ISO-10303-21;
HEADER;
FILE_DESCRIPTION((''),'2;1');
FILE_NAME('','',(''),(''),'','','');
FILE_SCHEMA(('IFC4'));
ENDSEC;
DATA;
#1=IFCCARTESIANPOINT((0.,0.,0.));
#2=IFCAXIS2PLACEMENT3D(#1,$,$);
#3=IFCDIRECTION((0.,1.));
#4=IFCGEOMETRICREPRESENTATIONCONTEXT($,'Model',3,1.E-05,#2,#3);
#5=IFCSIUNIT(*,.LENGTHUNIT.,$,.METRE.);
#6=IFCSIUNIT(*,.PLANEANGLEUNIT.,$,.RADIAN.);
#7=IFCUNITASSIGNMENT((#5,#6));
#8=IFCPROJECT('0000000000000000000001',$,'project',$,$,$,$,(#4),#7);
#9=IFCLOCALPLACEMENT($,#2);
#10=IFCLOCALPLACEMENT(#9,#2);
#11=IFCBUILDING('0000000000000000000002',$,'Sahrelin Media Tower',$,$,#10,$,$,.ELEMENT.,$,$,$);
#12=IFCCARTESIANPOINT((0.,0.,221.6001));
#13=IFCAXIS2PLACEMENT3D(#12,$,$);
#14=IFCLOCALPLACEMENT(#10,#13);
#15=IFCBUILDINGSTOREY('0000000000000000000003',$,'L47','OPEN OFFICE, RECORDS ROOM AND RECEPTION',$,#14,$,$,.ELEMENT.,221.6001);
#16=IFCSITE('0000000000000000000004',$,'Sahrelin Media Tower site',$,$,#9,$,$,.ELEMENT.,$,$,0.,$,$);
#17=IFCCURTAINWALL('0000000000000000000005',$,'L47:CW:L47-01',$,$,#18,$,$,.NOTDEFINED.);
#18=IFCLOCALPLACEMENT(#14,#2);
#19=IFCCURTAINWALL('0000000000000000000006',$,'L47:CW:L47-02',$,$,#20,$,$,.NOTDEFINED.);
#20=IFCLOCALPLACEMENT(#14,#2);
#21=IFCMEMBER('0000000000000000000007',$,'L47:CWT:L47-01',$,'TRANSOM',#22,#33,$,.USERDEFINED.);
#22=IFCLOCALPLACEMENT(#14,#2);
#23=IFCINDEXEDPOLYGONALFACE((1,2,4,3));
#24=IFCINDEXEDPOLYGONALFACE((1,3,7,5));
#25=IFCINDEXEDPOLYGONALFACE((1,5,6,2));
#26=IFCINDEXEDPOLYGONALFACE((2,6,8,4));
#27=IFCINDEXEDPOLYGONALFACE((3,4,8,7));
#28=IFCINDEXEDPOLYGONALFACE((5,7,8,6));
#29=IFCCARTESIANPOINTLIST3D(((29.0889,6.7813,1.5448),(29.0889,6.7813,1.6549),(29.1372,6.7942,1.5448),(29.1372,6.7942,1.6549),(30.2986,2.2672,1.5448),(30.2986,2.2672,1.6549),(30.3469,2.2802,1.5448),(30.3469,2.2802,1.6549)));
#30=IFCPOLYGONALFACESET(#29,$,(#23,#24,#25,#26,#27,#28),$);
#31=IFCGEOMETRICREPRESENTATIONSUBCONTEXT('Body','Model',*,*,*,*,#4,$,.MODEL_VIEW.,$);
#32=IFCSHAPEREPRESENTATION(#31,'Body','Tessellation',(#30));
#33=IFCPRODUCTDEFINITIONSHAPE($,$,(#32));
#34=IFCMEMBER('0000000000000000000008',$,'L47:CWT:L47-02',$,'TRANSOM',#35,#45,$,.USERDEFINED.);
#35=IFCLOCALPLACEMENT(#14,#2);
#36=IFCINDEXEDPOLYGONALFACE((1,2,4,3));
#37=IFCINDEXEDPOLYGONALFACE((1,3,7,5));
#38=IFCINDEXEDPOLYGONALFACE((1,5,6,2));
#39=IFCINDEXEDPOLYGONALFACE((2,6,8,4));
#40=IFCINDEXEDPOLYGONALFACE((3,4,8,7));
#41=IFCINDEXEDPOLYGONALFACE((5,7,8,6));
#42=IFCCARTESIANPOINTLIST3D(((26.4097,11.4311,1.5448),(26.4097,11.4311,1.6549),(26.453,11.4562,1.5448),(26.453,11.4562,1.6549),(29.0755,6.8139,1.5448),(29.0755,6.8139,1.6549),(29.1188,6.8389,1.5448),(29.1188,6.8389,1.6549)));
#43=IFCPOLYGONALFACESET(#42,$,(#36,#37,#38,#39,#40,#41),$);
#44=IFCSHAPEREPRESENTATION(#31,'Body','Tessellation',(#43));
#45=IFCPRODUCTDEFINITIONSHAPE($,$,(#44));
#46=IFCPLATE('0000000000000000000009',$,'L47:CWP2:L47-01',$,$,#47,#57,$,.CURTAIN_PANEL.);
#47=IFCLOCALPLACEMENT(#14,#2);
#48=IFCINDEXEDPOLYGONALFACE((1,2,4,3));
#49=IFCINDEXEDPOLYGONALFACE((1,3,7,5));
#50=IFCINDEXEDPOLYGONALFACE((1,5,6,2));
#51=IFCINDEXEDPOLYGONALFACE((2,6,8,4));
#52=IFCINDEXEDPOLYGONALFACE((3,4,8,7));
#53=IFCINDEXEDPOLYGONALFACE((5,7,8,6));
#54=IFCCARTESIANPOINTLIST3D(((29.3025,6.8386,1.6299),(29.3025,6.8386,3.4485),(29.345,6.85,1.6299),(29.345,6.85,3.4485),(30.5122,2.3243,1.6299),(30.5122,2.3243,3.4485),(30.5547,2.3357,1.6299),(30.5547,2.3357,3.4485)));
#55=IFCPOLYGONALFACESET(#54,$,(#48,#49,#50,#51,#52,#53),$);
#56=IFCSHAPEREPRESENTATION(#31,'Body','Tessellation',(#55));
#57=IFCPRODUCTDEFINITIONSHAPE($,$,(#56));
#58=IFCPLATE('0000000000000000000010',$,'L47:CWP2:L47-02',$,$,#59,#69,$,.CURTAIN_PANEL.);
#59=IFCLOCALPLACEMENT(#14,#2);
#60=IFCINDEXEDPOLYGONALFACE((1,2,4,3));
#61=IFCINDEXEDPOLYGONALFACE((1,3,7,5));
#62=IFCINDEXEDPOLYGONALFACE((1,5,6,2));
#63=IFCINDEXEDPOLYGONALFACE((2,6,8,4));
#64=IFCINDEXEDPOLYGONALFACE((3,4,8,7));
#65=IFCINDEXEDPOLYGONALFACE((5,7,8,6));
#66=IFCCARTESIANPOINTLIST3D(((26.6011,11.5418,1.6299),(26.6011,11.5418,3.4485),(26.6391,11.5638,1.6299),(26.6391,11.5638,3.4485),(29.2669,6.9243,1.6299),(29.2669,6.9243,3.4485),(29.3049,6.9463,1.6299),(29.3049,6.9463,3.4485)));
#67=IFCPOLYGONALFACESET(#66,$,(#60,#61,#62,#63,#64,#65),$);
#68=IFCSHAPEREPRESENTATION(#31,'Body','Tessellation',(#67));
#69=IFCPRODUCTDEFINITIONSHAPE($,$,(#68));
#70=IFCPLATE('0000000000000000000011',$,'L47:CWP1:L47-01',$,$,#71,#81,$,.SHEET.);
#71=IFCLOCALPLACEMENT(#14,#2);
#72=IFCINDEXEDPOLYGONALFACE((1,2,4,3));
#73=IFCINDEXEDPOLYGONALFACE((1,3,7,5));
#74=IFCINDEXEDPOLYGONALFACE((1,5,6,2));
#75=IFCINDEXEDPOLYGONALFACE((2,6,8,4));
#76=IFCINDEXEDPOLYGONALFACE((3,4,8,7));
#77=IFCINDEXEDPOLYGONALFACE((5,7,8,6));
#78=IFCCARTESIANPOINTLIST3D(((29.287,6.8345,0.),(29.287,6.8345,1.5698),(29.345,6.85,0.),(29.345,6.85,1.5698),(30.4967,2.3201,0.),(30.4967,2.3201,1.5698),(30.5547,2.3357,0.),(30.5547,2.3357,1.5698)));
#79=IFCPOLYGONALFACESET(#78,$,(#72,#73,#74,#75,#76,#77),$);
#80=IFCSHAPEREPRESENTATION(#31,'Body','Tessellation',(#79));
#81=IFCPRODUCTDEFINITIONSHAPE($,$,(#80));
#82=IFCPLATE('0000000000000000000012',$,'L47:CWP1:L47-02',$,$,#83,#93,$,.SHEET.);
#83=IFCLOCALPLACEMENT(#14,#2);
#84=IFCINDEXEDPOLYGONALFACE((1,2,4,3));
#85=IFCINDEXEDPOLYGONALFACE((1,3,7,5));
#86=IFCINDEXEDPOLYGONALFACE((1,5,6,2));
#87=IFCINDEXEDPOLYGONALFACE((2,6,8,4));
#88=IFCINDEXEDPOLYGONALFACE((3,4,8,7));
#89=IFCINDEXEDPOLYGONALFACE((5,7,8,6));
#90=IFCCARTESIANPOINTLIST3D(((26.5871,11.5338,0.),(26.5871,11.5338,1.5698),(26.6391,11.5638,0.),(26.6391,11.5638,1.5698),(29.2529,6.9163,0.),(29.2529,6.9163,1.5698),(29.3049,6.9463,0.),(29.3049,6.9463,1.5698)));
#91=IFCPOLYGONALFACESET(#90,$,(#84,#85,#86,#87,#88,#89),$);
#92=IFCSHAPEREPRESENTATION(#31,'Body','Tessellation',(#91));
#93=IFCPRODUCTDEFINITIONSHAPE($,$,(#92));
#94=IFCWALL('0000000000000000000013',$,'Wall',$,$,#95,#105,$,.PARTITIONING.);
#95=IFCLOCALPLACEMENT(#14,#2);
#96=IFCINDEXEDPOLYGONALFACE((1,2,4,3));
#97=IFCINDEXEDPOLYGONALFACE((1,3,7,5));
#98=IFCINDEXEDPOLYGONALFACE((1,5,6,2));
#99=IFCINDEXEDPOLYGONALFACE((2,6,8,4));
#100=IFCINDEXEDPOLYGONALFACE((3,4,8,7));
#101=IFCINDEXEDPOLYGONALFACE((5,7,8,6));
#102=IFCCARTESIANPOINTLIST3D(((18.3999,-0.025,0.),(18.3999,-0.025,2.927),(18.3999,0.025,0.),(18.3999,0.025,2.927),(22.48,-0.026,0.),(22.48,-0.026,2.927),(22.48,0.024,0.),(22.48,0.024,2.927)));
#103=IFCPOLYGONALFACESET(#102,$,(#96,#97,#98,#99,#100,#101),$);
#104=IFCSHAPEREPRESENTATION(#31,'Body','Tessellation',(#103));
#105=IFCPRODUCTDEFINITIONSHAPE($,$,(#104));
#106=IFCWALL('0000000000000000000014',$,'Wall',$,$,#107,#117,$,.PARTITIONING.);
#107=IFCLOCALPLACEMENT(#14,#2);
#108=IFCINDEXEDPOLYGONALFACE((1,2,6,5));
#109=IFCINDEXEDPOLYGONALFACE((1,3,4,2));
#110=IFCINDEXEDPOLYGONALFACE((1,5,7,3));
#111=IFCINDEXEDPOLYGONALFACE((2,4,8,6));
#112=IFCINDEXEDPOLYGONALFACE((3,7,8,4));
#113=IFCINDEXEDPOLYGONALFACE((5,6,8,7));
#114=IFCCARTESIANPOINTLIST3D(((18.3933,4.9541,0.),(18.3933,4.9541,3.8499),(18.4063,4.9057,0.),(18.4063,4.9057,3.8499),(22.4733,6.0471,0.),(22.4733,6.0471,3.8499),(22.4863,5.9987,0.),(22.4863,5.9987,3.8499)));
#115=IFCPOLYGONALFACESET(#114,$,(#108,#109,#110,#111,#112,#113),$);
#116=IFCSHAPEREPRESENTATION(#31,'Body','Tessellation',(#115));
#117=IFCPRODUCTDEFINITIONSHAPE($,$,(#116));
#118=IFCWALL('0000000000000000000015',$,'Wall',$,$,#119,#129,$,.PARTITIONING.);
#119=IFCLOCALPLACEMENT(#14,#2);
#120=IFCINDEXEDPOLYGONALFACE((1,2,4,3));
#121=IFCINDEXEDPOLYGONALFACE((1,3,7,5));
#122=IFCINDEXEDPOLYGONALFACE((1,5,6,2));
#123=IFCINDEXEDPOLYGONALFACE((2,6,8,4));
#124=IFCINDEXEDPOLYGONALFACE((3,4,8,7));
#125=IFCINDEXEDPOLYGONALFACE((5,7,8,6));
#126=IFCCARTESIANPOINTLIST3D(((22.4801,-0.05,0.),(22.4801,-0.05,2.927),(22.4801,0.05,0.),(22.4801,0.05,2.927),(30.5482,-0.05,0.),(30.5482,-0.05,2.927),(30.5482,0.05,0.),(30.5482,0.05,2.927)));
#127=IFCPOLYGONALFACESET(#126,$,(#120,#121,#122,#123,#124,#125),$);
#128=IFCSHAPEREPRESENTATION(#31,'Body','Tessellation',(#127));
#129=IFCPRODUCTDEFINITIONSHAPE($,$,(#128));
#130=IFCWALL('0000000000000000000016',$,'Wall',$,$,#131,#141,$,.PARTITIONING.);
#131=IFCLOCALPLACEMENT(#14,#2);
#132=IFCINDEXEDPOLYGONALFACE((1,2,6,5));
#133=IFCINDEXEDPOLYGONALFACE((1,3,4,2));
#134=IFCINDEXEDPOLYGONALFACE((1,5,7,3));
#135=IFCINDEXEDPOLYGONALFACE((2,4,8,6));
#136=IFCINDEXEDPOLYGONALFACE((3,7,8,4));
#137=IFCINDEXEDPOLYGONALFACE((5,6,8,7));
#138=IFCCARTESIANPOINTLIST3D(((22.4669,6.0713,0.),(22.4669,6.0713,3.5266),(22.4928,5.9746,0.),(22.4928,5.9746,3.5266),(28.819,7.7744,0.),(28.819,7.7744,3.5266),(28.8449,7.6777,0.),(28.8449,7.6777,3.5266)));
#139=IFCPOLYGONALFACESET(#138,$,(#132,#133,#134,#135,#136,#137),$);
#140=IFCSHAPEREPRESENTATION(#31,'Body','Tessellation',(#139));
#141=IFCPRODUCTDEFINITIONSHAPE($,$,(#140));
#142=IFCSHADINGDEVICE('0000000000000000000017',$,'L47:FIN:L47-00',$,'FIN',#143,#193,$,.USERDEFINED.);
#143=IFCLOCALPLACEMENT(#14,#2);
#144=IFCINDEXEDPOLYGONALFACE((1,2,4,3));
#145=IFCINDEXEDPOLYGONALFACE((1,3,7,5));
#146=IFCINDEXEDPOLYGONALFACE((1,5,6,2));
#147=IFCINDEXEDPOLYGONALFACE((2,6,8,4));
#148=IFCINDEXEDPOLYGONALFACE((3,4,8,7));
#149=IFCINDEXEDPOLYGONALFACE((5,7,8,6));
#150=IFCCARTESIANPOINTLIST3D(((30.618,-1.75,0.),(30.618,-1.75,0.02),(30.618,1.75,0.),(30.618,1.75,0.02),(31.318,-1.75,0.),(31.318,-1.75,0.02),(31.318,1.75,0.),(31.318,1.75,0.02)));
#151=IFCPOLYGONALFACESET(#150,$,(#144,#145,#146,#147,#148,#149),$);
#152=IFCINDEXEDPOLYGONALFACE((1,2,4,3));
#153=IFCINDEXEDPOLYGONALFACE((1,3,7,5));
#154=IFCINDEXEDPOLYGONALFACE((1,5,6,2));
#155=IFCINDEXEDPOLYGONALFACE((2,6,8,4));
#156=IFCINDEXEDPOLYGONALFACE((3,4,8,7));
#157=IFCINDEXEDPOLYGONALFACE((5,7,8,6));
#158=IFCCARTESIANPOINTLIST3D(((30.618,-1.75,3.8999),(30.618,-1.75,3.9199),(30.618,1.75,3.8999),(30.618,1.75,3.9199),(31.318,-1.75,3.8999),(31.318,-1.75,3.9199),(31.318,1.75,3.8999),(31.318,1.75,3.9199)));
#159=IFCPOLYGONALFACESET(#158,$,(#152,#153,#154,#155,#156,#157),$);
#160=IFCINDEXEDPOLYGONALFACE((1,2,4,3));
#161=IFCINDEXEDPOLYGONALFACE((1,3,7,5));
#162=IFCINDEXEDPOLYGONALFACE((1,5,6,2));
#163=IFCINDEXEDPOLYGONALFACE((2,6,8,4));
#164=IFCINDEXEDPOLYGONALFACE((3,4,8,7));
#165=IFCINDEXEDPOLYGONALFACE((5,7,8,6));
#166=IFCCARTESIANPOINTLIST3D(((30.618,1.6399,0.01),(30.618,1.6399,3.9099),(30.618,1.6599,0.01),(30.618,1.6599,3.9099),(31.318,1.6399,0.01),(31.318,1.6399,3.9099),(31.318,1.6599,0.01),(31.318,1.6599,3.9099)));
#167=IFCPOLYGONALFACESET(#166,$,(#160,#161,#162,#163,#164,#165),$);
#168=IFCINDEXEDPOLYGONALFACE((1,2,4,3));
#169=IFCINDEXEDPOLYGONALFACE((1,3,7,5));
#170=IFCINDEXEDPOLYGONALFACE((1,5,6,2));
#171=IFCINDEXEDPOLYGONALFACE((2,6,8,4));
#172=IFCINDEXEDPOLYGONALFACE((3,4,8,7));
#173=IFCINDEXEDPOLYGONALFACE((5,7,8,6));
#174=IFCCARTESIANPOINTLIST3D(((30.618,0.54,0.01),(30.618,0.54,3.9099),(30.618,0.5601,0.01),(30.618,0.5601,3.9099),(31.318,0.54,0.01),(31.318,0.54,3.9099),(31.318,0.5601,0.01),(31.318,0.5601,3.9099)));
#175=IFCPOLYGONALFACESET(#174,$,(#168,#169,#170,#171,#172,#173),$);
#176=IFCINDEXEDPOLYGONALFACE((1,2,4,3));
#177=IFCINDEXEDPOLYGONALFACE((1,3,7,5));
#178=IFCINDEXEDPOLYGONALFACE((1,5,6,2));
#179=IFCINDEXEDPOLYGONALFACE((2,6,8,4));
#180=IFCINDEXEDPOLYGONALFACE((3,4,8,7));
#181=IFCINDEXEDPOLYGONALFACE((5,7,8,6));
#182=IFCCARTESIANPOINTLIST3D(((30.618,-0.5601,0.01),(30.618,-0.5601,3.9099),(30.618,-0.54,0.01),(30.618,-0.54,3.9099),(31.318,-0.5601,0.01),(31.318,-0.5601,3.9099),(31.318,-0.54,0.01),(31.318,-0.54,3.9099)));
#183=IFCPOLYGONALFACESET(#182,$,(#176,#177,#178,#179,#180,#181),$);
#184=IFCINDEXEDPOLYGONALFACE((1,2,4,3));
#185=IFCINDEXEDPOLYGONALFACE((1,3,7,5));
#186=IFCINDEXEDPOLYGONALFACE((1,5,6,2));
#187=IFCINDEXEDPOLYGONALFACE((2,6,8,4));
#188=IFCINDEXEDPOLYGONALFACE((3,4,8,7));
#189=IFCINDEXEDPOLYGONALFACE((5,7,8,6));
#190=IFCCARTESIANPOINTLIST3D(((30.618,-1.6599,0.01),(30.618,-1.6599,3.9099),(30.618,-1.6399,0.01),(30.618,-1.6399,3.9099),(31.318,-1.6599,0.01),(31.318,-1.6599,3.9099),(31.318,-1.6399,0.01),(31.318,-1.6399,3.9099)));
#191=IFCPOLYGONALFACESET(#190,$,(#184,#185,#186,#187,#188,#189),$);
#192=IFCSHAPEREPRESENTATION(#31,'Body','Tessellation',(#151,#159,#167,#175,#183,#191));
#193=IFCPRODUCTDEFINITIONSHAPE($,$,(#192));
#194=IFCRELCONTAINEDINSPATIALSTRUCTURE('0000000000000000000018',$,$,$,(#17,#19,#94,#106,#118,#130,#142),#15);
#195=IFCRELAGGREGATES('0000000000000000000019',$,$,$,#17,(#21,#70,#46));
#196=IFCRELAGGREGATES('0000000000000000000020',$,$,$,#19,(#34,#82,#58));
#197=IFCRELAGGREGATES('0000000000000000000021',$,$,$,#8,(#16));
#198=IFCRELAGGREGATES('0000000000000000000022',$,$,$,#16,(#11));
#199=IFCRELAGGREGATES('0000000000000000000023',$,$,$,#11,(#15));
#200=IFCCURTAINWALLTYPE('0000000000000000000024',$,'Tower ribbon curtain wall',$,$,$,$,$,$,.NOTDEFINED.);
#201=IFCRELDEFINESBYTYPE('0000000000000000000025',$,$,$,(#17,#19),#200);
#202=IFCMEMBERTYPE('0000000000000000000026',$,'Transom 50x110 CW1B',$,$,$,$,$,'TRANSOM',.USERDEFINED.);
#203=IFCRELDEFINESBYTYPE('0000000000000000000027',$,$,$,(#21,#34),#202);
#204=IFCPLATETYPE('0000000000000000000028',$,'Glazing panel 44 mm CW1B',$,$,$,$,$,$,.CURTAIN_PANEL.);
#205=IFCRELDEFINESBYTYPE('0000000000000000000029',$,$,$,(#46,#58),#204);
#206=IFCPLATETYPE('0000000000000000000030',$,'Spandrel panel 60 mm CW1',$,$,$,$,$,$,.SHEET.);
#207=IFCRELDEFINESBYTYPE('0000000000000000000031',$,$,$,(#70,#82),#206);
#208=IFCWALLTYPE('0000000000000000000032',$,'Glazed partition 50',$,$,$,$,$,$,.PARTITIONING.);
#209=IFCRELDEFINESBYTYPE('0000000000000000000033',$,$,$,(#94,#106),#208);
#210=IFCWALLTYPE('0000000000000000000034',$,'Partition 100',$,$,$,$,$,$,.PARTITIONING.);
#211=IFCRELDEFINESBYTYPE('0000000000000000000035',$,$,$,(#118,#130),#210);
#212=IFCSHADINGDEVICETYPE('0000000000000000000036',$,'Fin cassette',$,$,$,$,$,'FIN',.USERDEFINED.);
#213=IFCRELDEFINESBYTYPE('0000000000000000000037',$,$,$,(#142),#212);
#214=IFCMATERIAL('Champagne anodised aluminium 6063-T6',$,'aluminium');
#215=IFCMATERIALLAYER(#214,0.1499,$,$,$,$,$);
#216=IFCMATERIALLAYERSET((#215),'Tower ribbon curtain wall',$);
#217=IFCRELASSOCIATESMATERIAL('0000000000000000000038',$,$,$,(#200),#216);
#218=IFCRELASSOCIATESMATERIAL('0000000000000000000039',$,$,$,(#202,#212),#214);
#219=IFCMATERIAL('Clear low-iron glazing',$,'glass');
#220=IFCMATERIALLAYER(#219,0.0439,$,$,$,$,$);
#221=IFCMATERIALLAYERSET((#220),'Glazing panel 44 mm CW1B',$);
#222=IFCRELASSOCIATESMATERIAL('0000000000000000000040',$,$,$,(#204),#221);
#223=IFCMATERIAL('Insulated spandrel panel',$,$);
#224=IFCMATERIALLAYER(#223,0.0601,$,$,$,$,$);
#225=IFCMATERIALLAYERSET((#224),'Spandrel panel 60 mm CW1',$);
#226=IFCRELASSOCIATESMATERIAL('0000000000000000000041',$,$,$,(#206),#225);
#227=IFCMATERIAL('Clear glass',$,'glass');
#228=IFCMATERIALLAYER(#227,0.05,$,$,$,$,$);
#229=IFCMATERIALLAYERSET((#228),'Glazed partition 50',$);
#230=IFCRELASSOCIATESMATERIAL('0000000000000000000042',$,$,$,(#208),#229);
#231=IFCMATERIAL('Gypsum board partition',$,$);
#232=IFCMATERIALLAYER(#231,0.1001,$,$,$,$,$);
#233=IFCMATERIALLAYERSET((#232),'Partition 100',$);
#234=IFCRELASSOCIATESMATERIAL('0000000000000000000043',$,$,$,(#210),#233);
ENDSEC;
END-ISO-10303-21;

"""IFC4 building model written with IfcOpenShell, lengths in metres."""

from ifc_helpers import new_model, si_unit, direction, frame, frame_2d, origin, origin_2d, place, context, subcontext, project, spatial, polyline, rectangle, outline, extrude, material, layer, layer_set, material_profile, profile_set, type_object, element, aggregate, save


model = new_model("IFC4")

# Units and contexts
model_context = context("Model", 3, precision=1e-05, world=origin(), true_north=direction((0.0, 1.0)))
body_context = subcontext(model_context, "Body", "Model", "MODEL_VIEW")
ifc_project = project(units=[si_unit("LENGTHUNIT", "METRE"), si_unit("PLANEANGLEUNIT", "RADIAN")], contexts=[model_context])

# Site, building, storey
site_placement = place(None, origin())
site = spatial("IfcSite", under=ifc_project, at=site_placement, Name="Sahrelin Media Tower site", CompositionType="ELEMENT", RefElevation=0.0)
building_placement = place(site_placement, origin())
building = spatial("IfcBuilding", under=site, at=building_placement, Name="Sahrelin Media Tower", CompositionType="ELEMENT")
storey_placement = place(building_placement, frame((0.0, 0.0, 221.6001)))
storey = spatial("IfcBuildingStorey", under=building, at=storey_placement, Name="L47", Description="OPEN OFFICE, RECORDS ROOM AND RECEPTION", CompositionType="ELEMENT", Elevation=221.6001)

# Curtain walls
ifc_material_1 = material(Name="Champagne anodised aluminium 6063-T6", Category="aluminium")
ifc_layer_1 = layer(ifc_material_1, 0.1499)
ifc_layer_set_1 = layer_set([ifc_layer_1], Name="Tower ribbon curtain wall")
curtain_wall_type = type_object("IfcCurtainWallType", Name="Tower ribbon curtain wall", PredefinedType="NOTDEFINED", material=ifc_layer_set_1)
curtain_wall_1_placement = place(storey_placement, frame((29.9304, 4.5876, 0.0), z_axis=(0.0, 0.0, 1.0), x_axis=(1.0, 0.0, 0.0)))
curtain_wall_1 = element("IfcCurtainWall", 1, at=curtain_wall_1_placement, inside=storey, type_object=curtain_wall_type, Name="L47:CW:L47-01", PredefinedType="NOTDEFINED")
curtain_wall_2_placement = place(storey_placement, frame((27.9548, 9.2451, 0.0), z_axis=(0.0, 0.0, 1.0), x_axis=(1.0, 0.0, 0.0)))
curtain_wall_2 = element("IfcCurtainWall", 2, at=curtain_wall_2_placement, inside=storey, type_object=curtain_wall_type, Name="L47:CW:L47-02", PredefinedType="NOTDEFINED")

# Members
ifc_material_profile_1 = material_profile(ifc_material_1, rectangle(XDim=0.05, YDim=0.1101, at=origin_2d()), Name="Transom 50x110")
ifc_profile_set_1 = profile_set([ifc_material_profile_1], Name="Champagne anodised aluminium 6063-T6")
member_type_1 = type_object("IfcMemberType", Name="Transom 50x110 CW1B", ElementType="TRANSOM", PredefinedType="USERDEFINED", material=ifc_profile_set_1)
member_1_placement = place(storey_placement, frame((30.3228, 2.2737, 1.5999), z_axis=(-0.258849, 0.965918, 0.0), x_axis=(-0.965918, -0.258849, 0.0)))
member_1 = element("IfcMember", 3, at=member_1_placement, type_object=member_type_1, Name="L47:CWT:L47-01", ObjectType="TRANSOM", PredefinedType="USERDEFINED", context=body_context, shape_type="SweptSolid", body=[
    extrude(rectangle(XDim=0.05, YDim=0.1101, at=origin_2d()), origin(), (0.0, 0.0, 1.0), 4.6733),
])
member_2_placement = place(storey_placement, frame((29.0972, 6.8264, 1.5999), z_axis=(-0.500005, 0.866022, 0.0), x_axis=(-0.866022, -0.500005, 0.0)))
member_2 = element("IfcMember", 4, at=member_2_placement, type_object=member_type_1, Name="L47:CWT:L47-02", ObjectType="TRANSOM", PredefinedType="USERDEFINED", context=body_context, shape_type="SweptSolid", body=[
    extrude(rectangle(XDim=0.05, YDim=0.1101, at=origin_2d()), origin(), (0.0, 0.0, 1.0), 5.3315),
])

# Plates
ifc_material_2 = material(Name="Clear low-iron glazing", Category="glass")
ifc_layer_2 = layer(ifc_material_2, 0.0439)
ifc_layer_set_2 = layer_set([ifc_layer_2], Name="Glazing panel 44 mm CW1B")
plate_type_1 = type_object("IfcPlateType", Name="Glazing panel 44 mm CW1B", PredefinedType="CURTAIN_PANEL", material=ifc_layer_set_2)
plate_1_placement = place(storey_placement, frame((30.5547, 2.3357, 1.6299), z_axis=(0.965921, 0.258836, 0.0), x_axis=(-0.258836, 0.965921, 0.0)))
plate_1 = element("IfcPlate", 5, at=plate_1_placement, type_object=plate_type_1, Name="L47:CWP2:L47-01", PredefinedType="CURTAIN_PANEL", context=body_context, shape_type="SweptSolid", body=[
    extrude(outline(polyline([(0.0, 0.0), (4.6736, 0.0), (4.6736, 1.8186), (0.0, 1.8186), (0.0, 0.0)])), origin(), (0.0, 0.0, -1.0), 0.0439),
])
plate_2_placement = place(storey_placement, frame((29.3049, 6.9463, 1.6299), z_axis=(0.866034, 0.499985, 0.0), x_axis=(-0.499985, 0.866034, 0.0)))
plate_2 = element("IfcPlate", 6, at=plate_2_placement, type_object=plate_type_1, Name="L47:CWP2:L47-02", PredefinedType="CURTAIN_PANEL", context=body_context, shape_type="SweptSolid", body=[
    extrude(outline(polyline([(0.0, 0.0), (5.3318, 0.0), (5.3318, 1.8186), (0.0, 1.8186), (0.0, 0.0)])), origin(), (0.0, 0.0, -1.0), 0.0439),
])
ifc_material_3 = material(Name="Insulated spandrel panel")
ifc_layer_3 = layer(ifc_material_3, 0.0601)
ifc_layer_set_3 = layer_set([ifc_layer_3], Name="Spandrel panel 60 mm CW1")
plate_type_2 = type_object("IfcPlateType", Name="Spandrel panel 60 mm CW1", PredefinedType="SHEET", material=ifc_layer_set_3)
plate_3_placement = place(storey_placement, frame((30.5547, 2.3357, 0.0), z_axis=(0.965921, 0.258836, 0.0), x_axis=(-0.258836, 0.965921, 0.0)))
plate_3 = element("IfcPlate", 7, at=plate_3_placement, type_object=plate_type_2, Name="L47:CWP1:L47-01", PredefinedType="SHEET", context=body_context, shape_type="SweptSolid", body=[
    extrude(outline(polyline([(0.0, 0.0), (4.6736, 0.0), (4.6736, 1.5698), (0.0, 1.5698), (0.0, 0.0)])), origin(), (0.0, 0.0, -1.0), 0.0601),
])
aggregate(curtain_wall_1, [member_1, plate_3, plate_1])
plate_4_placement = place(storey_placement, frame((29.3049, 6.9463, 0.0), z_axis=(0.866034, 0.499985, 0.0), x_axis=(-0.499985, 0.866034, 0.0)))
plate_4 = element("IfcPlate", 8, at=plate_4_placement, type_object=plate_type_2, Name="L47:CWP1:L47-02", PredefinedType="SHEET", context=body_context, shape_type="SweptSolid", body=[
    extrude(outline(polyline([(0.0, 0.0), (5.3318, 0.0), (5.3318, 1.5698), (0.0, 1.5698), (0.0, 0.0)])), origin(), (0.0, 0.0, -1.0), 0.0601),
])
aggregate(curtain_wall_2, [member_2, plate_4, plate_2])

# Walls
ifc_material_4 = material(Name="Clear glass", Category="glass")
ifc_layer_4 = layer(ifc_material_4, 0.05)
ifc_layer_set_4 = layer_set([ifc_layer_4], Name="Glazed partition 50")
wall_type_1 = type_object("IfcWallType", Name="Glazed partition 50", PredefinedType="PARTITIONING", material=ifc_layer_set_4)
wall_1_placement = place(storey_placement, frame((18.3999, 0.0, 0.0), z_axis=(0.0, 0.0, 1.0), x_axis=(1.0, -0.000239, 0.0)))
element("IfcWall", 9, at=wall_1_placement, inside=storey, type_object=wall_type_1, Name="Wall", PredefinedType="PARTITIONING", context=body_context, shape_type="SweptSolid", body=[
    extrude(rectangle(XDim=4.0801, YDim=0.05, at=frame_2d((2.04, 0.0))), origin(), (0.0, 0.0, 1.0), 2.927),
])
wall_2_placement = place(storey_placement, frame((18.3999, 4.9299, 0.0), z_axis=(0.0, 0.0, 1.0), x_axis=(0.96594, 0.258767, 0.0)))
element("IfcWall", 10, at=wall_2_placement, inside=storey, type_object=wall_type_1, Name="Wall", PredefinedType="PARTITIONING", context=body_context, shape_type="SweptSolid", body=[
    extrude(rectangle(XDim=4.2239, YDim=0.05, at=frame_2d((2.1118, 0.0))), origin(), (0.0, 0.0, 1.0), 3.8499),
])
ifc_material_5 = material(Name="Gypsum board partition")
ifc_layer_5 = layer(ifc_material_5, 0.1001)
ifc_layer_set_5 = layer_set([ifc_layer_5], Name="Partition 100")
wall_type_2 = type_object("IfcWallType", Name="Partition 100", PredefinedType="PARTITIONING", material=ifc_layer_set_5)
wall_3_placement = place(storey_placement, frame((22.48, 0.0, 0.0), z_axis=(0.0, 0.0, 1.0), x_axis=(1.0, 0.0, 0.0)))
element("IfcWall", 11, at=wall_3_placement, inside=storey, type_object=wall_type_2, Name="Wall", PredefinedType="PARTITIONING", context=body_context, shape_type="SweptSolid", body=[
    extrude(rectangle(XDim=8.0681, YDim=0.1001, at=frame_2d((4.0342, 0.0))), origin(), (0.0, 0.0, 1.0), 2.927),
])
wall_4_placement = place(storey_placement, frame((22.48, 6.0229, 0.0), z_axis=(0.0, 0.0, 1.0), x_axis=(0.965884, 0.258975, 0.0)))
element("IfcWall", 12, at=wall_4_placement, inside=storey, type_object=wall_type_2, Name="Wall", PredefinedType="PARTITIONING", context=body_context, shape_type="SweptSolid", body=[
    extrude(rectangle(XDim=6.5764, YDim=0.1001, at=frame_2d((3.2881, 0.0))), origin(), (0.0, 0.0, 1.0), 3.5266),
])

# Shading device
shading_device_type_1 = type_object("IfcShadingDeviceType", Name="Fin cassette", ElementType="FIN", PredefinedType="USERDEFINED", material=ifc_material_1)
placement_1 = place(storey_placement, frame((30.5481, 0.0, 0.0), z_axis=(0.0, 0.0, 1.0), x_axis=(0.0, -1.0, 0.0)))
element("IfcShadingDevice", 13, at=placement_1, inside=storey, type_object=shading_device_type_1, Name="L47:FIN:L47-00", ObjectType="FIN", PredefinedType="USERDEFINED", context=body_context, shape_type="SweptSolid", body=[
    extrude(rectangle(XDim=3.5, YDim=0.7, at=origin_2d()), frame((0.0, 0.4199, 0.0)), (0.0, 0.0, 1.0), 0.02),
    extrude(rectangle(XDim=3.5, YDim=0.7, at=origin_2d()), frame((0.0, 0.4199, 3.8999)), (0.0, 0.0, 1.0), 0.02),
    extrude(rectangle(XDim=0.02, YDim=0.7, at=origin_2d()), frame((-1.6499, 0.4199, 0.01), z_axis=(0.0, 0.0, 1.0), x_axis=(1.0, 0.0, 0.0)), (0.0, 0.0, 1.0), 3.8999),
    extrude(rectangle(XDim=0.02, YDim=0.7, at=origin_2d()), frame((-0.55, 0.4199, 0.01), z_axis=(0.0, 0.0, 1.0), x_axis=(1.0, 0.0, 0.0)), (0.0, 0.0, 1.0), 3.8999),
    extrude(rectangle(XDim=0.02, YDim=0.7, at=origin_2d()), frame((0.55, 0.4199, 0.01), z_axis=(0.0, 0.0, 1.0), x_axis=(1.0, 0.0, 0.0)), (0.0, 0.0, 1.0), 3.8999),
    extrude(rectangle(XDim=0.02, YDim=0.7, at=origin_2d()), frame((1.6499, 0.4199, 0.01), z_axis=(0.0, 0.0, 1.0), x_axis=(1.0, 0.0, 0.0)), (0.0, 0.0, 1.0), 3.8999),
])

save(model, "model.ifc")
